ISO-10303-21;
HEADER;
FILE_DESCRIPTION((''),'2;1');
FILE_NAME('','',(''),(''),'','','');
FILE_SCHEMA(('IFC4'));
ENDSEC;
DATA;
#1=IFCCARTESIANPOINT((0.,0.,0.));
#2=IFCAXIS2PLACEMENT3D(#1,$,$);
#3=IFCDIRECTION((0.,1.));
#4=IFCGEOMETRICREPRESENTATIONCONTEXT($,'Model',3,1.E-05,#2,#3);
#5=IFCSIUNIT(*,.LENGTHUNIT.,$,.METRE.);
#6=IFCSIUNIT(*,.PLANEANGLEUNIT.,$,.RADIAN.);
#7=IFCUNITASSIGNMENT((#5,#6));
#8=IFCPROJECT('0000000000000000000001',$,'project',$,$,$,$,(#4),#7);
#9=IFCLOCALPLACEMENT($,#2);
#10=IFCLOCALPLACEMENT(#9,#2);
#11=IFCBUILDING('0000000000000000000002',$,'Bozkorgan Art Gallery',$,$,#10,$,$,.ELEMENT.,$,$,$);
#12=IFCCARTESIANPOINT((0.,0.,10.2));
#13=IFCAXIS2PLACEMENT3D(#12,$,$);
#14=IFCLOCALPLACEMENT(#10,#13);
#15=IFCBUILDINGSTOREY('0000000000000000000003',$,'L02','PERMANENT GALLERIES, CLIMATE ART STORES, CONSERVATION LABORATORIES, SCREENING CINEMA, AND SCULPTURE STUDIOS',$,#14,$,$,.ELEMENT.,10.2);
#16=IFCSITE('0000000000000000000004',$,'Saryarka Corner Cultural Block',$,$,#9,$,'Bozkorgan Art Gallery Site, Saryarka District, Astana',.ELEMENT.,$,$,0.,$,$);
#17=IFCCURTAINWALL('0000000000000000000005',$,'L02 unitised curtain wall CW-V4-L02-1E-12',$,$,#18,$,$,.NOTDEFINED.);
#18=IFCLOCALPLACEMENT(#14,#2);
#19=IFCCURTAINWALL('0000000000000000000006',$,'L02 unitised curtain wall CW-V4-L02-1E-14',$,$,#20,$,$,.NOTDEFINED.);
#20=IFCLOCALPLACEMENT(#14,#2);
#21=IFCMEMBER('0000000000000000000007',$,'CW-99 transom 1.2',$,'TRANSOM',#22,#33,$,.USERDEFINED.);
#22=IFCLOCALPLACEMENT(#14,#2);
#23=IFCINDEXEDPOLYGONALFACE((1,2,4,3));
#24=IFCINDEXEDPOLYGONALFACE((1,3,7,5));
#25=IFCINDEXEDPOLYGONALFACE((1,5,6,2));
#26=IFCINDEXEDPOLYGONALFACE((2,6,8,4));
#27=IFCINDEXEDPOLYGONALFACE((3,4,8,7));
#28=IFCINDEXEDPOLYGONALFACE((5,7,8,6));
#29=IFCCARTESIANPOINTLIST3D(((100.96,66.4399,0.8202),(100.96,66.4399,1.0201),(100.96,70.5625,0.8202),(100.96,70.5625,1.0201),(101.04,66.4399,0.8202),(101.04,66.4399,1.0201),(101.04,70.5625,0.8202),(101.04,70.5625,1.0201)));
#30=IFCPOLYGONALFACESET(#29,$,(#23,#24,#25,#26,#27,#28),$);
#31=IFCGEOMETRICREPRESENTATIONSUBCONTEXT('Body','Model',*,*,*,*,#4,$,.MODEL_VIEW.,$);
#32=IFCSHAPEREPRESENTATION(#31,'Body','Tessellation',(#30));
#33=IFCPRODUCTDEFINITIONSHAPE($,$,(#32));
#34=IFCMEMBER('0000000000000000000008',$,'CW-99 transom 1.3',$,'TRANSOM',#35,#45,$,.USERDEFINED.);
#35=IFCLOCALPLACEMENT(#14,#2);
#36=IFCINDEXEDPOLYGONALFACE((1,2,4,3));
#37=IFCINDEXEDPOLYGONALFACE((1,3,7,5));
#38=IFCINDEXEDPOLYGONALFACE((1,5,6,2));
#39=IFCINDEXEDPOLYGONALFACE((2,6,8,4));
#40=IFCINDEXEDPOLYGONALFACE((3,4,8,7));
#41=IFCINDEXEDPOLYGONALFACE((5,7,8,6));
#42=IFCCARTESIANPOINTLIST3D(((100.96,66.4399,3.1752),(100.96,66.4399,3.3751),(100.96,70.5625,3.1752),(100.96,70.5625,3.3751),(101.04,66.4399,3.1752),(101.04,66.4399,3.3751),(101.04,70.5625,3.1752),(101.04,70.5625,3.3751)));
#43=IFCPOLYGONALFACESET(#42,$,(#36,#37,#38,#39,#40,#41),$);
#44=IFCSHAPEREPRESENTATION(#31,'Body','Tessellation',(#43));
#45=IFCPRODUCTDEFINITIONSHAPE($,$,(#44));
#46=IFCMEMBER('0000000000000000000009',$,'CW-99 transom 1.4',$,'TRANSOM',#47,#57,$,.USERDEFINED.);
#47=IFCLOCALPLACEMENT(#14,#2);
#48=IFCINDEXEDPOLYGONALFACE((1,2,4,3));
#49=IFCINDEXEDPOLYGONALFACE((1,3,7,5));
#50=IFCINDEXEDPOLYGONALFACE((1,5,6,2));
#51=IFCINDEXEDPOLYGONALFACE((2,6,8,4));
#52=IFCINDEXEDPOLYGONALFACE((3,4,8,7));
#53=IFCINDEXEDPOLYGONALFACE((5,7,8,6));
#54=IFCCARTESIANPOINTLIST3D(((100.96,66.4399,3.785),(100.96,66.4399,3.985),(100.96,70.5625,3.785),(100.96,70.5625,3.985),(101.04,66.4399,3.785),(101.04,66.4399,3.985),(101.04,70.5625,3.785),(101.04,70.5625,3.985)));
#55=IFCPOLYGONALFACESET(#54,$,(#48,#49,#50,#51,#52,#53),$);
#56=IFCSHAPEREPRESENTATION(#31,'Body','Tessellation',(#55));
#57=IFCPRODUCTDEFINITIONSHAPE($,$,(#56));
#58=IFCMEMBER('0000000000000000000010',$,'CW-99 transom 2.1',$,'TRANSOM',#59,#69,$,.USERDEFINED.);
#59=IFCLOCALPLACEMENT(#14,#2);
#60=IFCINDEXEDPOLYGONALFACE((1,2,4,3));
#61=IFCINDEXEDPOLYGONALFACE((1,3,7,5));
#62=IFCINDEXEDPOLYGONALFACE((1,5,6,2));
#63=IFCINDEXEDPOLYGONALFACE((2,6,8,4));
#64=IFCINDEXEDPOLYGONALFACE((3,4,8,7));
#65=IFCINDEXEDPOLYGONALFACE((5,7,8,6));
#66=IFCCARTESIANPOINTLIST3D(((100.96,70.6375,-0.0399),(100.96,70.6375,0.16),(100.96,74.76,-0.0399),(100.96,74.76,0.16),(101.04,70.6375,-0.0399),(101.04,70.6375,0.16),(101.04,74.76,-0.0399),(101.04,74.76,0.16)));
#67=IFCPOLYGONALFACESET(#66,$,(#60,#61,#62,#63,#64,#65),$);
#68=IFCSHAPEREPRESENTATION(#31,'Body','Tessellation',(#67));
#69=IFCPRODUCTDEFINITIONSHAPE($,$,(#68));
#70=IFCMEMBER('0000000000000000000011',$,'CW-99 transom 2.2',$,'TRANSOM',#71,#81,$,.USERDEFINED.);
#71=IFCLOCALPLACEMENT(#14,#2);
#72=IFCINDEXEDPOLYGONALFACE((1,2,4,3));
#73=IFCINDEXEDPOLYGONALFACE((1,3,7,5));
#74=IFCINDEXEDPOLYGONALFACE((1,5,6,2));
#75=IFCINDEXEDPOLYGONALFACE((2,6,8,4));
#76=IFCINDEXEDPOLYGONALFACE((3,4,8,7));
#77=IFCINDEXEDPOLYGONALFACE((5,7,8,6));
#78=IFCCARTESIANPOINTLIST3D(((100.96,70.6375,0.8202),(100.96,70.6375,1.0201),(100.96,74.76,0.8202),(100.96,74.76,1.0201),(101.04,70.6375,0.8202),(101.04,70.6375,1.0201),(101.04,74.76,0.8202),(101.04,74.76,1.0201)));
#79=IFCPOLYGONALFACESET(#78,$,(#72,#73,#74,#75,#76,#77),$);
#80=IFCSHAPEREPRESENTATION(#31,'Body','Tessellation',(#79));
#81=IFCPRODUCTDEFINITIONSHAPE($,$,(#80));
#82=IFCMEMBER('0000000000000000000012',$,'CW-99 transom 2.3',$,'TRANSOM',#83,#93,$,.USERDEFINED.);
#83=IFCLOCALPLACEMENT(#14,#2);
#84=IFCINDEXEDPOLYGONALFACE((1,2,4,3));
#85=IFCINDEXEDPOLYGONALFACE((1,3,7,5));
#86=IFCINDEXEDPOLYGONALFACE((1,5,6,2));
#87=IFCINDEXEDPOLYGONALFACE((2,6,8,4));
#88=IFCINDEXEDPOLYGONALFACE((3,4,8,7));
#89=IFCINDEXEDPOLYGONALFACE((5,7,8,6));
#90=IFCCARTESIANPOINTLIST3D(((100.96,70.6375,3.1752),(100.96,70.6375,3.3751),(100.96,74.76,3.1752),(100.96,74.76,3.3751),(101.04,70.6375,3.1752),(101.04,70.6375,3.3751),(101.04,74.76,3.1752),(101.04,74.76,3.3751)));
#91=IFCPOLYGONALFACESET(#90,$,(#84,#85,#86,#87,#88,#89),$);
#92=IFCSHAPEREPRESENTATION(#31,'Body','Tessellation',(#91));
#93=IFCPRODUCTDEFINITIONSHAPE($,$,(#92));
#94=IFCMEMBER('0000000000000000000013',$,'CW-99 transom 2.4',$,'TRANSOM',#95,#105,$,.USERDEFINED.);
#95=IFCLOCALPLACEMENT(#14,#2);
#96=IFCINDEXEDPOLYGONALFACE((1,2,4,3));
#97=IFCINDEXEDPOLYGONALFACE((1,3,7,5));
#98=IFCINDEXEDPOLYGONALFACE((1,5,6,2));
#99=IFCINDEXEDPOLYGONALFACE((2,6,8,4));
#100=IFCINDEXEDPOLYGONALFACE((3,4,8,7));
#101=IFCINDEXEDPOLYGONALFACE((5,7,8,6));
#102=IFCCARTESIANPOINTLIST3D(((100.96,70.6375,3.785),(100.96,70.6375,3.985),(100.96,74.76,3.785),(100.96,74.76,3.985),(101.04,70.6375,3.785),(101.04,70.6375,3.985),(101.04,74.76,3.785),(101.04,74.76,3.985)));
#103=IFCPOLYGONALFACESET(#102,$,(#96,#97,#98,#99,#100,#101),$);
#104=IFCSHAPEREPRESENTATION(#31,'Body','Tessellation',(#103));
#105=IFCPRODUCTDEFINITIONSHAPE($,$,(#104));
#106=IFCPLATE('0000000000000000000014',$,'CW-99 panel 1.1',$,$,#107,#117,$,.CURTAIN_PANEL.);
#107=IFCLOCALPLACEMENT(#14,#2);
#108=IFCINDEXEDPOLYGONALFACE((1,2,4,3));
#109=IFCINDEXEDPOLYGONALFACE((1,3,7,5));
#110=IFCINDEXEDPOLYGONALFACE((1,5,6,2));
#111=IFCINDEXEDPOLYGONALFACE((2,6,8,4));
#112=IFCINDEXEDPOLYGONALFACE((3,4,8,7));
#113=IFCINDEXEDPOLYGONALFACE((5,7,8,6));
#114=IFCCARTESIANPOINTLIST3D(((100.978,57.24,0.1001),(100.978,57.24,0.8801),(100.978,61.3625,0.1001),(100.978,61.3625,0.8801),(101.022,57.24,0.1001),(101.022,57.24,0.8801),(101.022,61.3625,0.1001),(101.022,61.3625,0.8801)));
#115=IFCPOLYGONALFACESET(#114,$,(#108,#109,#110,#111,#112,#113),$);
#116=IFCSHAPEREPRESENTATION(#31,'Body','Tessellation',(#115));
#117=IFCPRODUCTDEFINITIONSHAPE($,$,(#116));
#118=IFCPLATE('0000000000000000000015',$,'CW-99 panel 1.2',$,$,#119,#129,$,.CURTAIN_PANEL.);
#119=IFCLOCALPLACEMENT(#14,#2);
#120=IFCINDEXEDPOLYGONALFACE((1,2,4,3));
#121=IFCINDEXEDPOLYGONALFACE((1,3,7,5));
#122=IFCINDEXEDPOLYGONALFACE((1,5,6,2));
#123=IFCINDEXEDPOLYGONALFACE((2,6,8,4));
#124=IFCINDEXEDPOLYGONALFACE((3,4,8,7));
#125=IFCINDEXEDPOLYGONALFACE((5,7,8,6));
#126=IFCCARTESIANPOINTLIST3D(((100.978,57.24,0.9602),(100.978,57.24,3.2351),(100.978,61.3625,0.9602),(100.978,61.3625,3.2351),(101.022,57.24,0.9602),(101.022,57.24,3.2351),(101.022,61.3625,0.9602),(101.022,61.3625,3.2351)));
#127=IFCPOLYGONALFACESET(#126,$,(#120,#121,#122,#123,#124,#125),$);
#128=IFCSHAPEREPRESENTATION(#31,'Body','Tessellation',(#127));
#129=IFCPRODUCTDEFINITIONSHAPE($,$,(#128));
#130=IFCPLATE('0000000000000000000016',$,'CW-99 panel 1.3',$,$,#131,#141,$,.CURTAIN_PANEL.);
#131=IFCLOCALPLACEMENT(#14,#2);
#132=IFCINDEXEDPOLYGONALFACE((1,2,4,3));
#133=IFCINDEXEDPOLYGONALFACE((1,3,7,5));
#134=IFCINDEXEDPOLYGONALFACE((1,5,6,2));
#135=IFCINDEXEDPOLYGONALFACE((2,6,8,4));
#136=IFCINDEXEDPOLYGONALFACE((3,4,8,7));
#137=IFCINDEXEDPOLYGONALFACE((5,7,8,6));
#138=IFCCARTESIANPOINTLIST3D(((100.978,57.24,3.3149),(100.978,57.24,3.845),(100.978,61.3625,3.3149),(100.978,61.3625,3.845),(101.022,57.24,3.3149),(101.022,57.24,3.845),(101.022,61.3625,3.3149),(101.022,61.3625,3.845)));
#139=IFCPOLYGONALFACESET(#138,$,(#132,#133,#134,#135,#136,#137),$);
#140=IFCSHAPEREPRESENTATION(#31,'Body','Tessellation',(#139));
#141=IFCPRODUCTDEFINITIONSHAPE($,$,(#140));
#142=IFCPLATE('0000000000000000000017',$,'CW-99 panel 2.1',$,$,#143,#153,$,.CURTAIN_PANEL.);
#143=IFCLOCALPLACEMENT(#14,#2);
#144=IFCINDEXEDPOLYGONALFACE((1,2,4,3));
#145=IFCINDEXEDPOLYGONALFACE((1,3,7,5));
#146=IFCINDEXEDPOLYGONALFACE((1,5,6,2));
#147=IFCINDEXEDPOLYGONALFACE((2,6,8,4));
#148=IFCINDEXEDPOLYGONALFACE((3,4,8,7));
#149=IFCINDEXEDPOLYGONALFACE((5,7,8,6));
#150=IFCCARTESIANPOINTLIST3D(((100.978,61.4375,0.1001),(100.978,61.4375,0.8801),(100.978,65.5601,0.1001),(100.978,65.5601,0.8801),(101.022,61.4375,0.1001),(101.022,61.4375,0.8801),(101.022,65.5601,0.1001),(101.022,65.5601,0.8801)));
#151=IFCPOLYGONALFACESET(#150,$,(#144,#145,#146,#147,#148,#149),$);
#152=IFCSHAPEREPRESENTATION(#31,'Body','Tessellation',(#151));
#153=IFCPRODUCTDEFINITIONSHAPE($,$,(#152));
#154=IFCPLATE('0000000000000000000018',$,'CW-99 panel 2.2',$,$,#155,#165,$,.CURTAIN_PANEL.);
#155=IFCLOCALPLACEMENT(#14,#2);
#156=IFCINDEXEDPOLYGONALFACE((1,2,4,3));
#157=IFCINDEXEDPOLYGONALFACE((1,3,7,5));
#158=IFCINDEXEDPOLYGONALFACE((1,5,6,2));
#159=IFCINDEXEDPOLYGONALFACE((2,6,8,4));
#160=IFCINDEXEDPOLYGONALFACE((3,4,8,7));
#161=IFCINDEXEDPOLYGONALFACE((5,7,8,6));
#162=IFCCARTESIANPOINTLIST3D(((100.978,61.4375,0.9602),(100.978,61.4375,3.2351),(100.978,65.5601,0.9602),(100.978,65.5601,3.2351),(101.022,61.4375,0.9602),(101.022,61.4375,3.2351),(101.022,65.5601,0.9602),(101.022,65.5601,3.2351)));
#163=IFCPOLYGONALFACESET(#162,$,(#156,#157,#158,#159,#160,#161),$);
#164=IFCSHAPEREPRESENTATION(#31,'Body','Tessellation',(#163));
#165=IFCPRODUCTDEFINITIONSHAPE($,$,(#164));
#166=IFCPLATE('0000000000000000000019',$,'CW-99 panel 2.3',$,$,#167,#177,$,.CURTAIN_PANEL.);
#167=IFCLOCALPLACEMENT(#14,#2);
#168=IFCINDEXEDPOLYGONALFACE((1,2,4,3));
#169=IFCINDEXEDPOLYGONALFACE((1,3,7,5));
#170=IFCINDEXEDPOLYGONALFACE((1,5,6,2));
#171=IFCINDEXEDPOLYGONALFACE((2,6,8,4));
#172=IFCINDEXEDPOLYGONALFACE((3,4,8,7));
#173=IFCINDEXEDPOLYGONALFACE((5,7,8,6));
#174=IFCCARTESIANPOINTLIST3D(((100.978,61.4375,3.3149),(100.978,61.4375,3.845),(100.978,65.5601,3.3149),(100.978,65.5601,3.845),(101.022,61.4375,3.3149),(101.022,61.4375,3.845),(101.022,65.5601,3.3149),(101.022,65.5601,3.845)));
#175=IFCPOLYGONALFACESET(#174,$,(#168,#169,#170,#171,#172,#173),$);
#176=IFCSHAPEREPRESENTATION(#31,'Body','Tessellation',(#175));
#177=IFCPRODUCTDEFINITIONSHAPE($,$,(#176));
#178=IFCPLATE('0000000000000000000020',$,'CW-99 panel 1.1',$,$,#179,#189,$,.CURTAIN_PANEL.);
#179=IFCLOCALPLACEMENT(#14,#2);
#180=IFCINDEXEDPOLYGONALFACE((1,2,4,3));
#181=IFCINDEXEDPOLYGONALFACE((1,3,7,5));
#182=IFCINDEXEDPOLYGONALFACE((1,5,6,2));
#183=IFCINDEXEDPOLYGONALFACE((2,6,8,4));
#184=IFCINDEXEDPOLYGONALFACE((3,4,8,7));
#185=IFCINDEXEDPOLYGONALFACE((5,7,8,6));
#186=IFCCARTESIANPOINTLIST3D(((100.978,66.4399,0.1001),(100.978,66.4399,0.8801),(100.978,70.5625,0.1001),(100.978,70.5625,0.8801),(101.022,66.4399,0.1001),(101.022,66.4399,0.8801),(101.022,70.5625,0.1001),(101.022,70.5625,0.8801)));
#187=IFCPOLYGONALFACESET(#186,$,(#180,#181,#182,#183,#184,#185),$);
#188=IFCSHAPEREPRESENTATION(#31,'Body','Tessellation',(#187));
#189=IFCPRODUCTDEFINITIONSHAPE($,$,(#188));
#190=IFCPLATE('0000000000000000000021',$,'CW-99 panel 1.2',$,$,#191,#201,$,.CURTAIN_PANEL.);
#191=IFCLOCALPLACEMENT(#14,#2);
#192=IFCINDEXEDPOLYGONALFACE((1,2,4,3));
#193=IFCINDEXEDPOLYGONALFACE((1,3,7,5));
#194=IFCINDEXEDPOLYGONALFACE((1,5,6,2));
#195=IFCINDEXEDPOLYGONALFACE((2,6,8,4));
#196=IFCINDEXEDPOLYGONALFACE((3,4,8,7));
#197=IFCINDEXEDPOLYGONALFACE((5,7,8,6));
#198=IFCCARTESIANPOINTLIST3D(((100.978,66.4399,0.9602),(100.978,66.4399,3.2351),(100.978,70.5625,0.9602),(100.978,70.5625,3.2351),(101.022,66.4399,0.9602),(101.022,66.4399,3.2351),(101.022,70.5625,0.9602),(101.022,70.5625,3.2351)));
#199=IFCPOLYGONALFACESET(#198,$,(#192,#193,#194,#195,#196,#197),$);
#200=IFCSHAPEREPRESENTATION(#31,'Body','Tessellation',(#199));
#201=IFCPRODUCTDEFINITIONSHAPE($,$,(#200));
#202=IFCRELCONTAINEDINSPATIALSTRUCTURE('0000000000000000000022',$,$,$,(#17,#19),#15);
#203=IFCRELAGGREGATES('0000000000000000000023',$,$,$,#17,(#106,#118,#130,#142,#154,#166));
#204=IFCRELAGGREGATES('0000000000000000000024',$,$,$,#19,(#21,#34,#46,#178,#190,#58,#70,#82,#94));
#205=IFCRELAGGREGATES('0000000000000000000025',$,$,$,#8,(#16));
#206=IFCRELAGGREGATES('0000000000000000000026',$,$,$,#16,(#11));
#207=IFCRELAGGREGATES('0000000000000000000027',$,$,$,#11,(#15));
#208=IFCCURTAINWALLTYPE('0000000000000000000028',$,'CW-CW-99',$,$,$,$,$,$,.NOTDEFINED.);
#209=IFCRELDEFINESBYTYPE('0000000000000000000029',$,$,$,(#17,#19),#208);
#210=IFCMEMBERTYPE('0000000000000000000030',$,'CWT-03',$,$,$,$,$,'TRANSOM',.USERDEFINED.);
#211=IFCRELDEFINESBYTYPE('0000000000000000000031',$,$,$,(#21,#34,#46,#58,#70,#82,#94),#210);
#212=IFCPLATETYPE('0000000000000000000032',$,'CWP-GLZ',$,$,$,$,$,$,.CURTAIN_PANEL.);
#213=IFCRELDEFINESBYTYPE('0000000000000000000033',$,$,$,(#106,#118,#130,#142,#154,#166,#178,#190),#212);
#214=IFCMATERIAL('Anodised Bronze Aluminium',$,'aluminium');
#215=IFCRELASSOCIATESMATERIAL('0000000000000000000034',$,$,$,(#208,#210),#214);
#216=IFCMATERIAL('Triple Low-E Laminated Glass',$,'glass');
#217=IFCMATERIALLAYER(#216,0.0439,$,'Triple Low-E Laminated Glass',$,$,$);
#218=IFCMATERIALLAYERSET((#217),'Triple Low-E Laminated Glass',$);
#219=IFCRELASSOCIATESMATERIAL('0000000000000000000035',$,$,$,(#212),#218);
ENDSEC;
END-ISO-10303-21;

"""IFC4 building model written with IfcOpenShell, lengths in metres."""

from ifc_helpers import new_model, si_unit, direction, frame, origin, origin_2d, place, context, subcontext, project, spatial, rectangle, extrude, material, layer, layer_set, material_profile, profile_set, type_object, element, aggregate, save


model = new_model("IFC4")

# Units and contexts
model_context = context("Model", 3, precision=1e-05, world=origin(), true_north=direction((0.0, 1.0)))
body_context = subcontext(model_context, "Body", "Model", "MODEL_VIEW")
ifc_project = project(units=[si_unit("LENGTHUNIT", "METRE"), si_unit("PLANEANGLEUNIT", "RADIAN")], contexts=[model_context])

# Site, building, storey
site_placement = place(None, origin())
site = spatial("IfcSite", under=ifc_project, at=site_placement, Name="Saryarka Corner Cultural Block", LongName="Bozkorgan Art Gallery Site, Saryarka District, Astana", CompositionType="ELEMENT", RefElevation=0.0)
building_placement = place(site_placement, origin())
building = spatial("IfcBuilding", under=site, at=building_placement, Name="Bozkorgan Art Gallery", CompositionType="ELEMENT")
storey_placement = place(building_placement, frame((0.0, 0.0, 10.2)))
storey = spatial("IfcBuildingStorey", under=building, at=storey_placement, Name="L02", Description="PERMANENT GALLERIES, CLIMATE ART STORES, CONSERVATION LABORATORIES, SCREENING CINEMA, AND SCULPTURE STUDIOS", CompositionType="ELEMENT", Elevation=10.2)

# Curtain walls
ifc_material_1 = material(Name="Anodised Bronze Aluminium", Category="aluminium")
curtain_wall_type = type_object("IfcCurtainWallType", Name="CW-CW-99", PredefinedType="NOTDEFINED", material=ifc_material_1)
curtain_wall_1_placement = place(storey_placement, origin())
curtain_wall_1 = element("IfcCurtainWall", 1, at=curtain_wall_1_placement, inside=storey, type_object=curtain_wall_type, Name="L02 unitised curtain wall CW-V4-L02-1E-12", PredefinedType="NOTDEFINED")
curtain_wall_2_placement = place(storey_placement, origin())
curtain_wall_2 = element("IfcCurtainWall", 2, at=curtain_wall_2_placement, inside=storey, type_object=curtain_wall_type, Name="L02 unitised curtain wall CW-V4-L02-1E-14", PredefinedType="NOTDEFINED")

# Members
ifc_material_profile_1 = material_profile(ifc_material_1, rectangle(XDim=0.0801, YDim=0.2, at=origin_2d()), Name="ALU TRANSOM 80x200")
ifc_profile_set_1 = profile_set([ifc_material_profile_1], Name="Anodised Bronze Aluminium")
member_type_1 = type_object("IfcMemberType", Name="CWT-03", ElementType="TRANSOM", PredefinedType="USERDEFINED", material=ifc_profile_set_1)
member_1_placement = place(storey_placement, frame((101.0, 66.4399, 0.9202), z_axis=(0.0, 1.0, 0.0), x_axis=(-1.0, 0.0, 0.0)))
member_1 = element("IfcMember", 3, at=member_1_placement, type_object=member_type_1, Name="CW-99 transom 1.2", ObjectType="TRANSOM", PredefinedType="USERDEFINED", context=body_context, shape_type="SweptSolid", body=[
    extrude(rectangle(XDim=0.0801, YDim=0.2, at=origin_2d()), origin(), (0.0, 0.0, 1.0), 4.1226),
])
member_2_placement = place(storey_placement, frame((101.0, 66.4399, 3.2751), z_axis=(0.0, 1.0, 0.0), x_axis=(-1.0, 0.0, 0.0)))
member_2 = element("IfcMember", 4, at=member_2_placement, type_object=member_type_1, Name="CW-99 transom 1.3", ObjectType="TRANSOM", PredefinedType="USERDEFINED", context=body_context, shape_type="SweptSolid", body=[
    extrude(rectangle(XDim=0.0801, YDim=0.2, at=origin_2d()), origin(), (0.0, 0.0, 1.0), 4.1226),
])
member_3_placement = place(storey_placement, frame((101.0, 66.4399, 3.885), z_axis=(0.0, 1.0, 0.0), x_axis=(-1.0, 0.0, 0.0)))
member_3 = element("IfcMember", 5, at=member_3_placement, type_object=member_type_1, Name="CW-99 transom 1.4", ObjectType="TRANSOM", PredefinedType="USERDEFINED", context=body_context, shape_type="SweptSolid", body=[
    extrude(rectangle(XDim=0.0801, YDim=0.2, at=origin_2d()), origin(), (0.0, 0.0, 1.0), 4.1226),
])
member_4_placement = place(storey_placement, frame((101.0, 70.6375, 0.0601), z_axis=(0.0, 1.0, 0.0), x_axis=(-1.0, 0.0, 0.0)))
member_4 = element("IfcMember", 6, at=member_4_placement, type_object=member_type_1, Name="CW-99 transom 2.1", ObjectType="TRANSOM", PredefinedType="USERDEFINED", context=body_context, shape_type="SweptSolid", body=[
    extrude(rectangle(XDim=0.0801, YDim=0.2, at=origin_2d()), origin(), (0.0, 0.0, 1.0), 4.1226),
])
member_5_placement = place(storey_placement, frame((101.0, 70.6375, 0.9202), z_axis=(0.0, 1.0, 0.0), x_axis=(-1.0, 0.0, 0.0)))
member_5 = element("IfcMember", 7, at=member_5_placement, type_object=member_type_1, Name="CW-99 transom 2.2", ObjectType="TRANSOM", PredefinedType="USERDEFINED", context=body_context, shape_type="SweptSolid", body=[
    extrude(rectangle(XDim=0.0801, YDim=0.2, at=origin_2d()), origin(), (0.0, 0.0, 1.0), 4.1226),
])
member_6_placement = place(storey_placement, frame((101.0, 70.6375, 3.2751), z_axis=(0.0, 1.0, 0.0), x_axis=(-1.0, 0.0, 0.0)))
member_6 = element("IfcMember", 8, at=member_6_placement, type_object=member_type_1, Name="CW-99 transom 2.3", ObjectType="TRANSOM", PredefinedType="USERDEFINED", context=body_context, shape_type="SweptSolid", body=[
    extrude(rectangle(XDim=0.0801, YDim=0.2, at=origin_2d()), origin(), (0.0, 0.0, 1.0), 4.1226),
])
member_7_placement = place(storey_placement, frame((101.0, 70.6375, 3.885), z_axis=(0.0, 1.0, 0.0), x_axis=(-1.0, 0.0, 0.0)))
member_7 = element("IfcMember", 9, at=member_7_placement, type_object=member_type_1, Name="CW-99 transom 2.4", ObjectType="TRANSOM", PredefinedType="USERDEFINED", context=body_context, shape_type="SweptSolid", body=[
    extrude(rectangle(XDim=0.0801, YDim=0.2, at=origin_2d()), origin(), (0.0, 0.0, 1.0), 4.1226),
])

# Plates
ifc_material_2 = material(Name="Triple Low-E Laminated Glass", Category="glass")
ifc_layer = layer(ifc_material_2, 0.0439, Name="Triple Low-E Laminated Glass")
ifc_layer_set = layer_set([ifc_layer], Name="Triple Low-E Laminated Glass")
plate_type = type_object("IfcPlateType", Name="CWP-GLZ", PredefinedType="CURTAIN_PANEL", material=ifc_layer_set)
plate_1_placement = place(storey_placement, frame((101.0, 59.3013, 0.1001), z_axis=(0.0, 0.0, 1.0), x_axis=(0.0, 1.0, 0.0)))
plate_1 = element("IfcPlate", 10, at=plate_1_placement, type_object=plate_type, Name="CW-99 panel 1.1", PredefinedType="CURTAIN_PANEL", context=body_context, shape_type="SweptSolid", body=[
    extrude(rectangle(XDim=4.1226, YDim=0.0439, at=origin_2d()), origin(), (0.0, 0.0, 1.0), 0.78),
])
plate_2_placement = place(storey_placement, frame((101.0, 59.3013, 0.9602), z_axis=(0.0, 0.0, 1.0), x_axis=(0.0, 1.0, 0.0)))
plate_2 = element("IfcPlate", 11, at=plate_2_placement, type_object=plate_type, Name="CW-99 panel 1.2", PredefinedType="CURTAIN_PANEL", context=body_context, shape_type="SweptSolid", body=[
    extrude(rectangle(XDim=4.1226, YDim=0.0439, at=origin_2d()), origin(), (0.0, 0.0, 1.0), 2.2749),
])
plate_3_placement = place(storey_placement, frame((101.0, 59.3013, 3.3149), z_axis=(0.0, 0.0, 1.0), x_axis=(0.0, 1.0, 0.0)))
plate_3 = element("IfcPlate", 12, at=plate_3_placement, type_object=plate_type, Name="CW-99 panel 1.3", PredefinedType="CURTAIN_PANEL", context=body_context, shape_type="SweptSolid", body=[
    extrude(rectangle(XDim=4.1226, YDim=0.0439, at=origin_2d()), origin(), (0.0, 0.0, 1.0), 0.53),
])
plate_4_placement = place(storey_placement, frame((101.0, 63.4988, 0.1001), z_axis=(0.0, 0.0, 1.0), x_axis=(0.0, 1.0, 0.0)))
plate_4 = element("IfcPlate", 13, at=plate_4_placement, type_object=plate_type, Name="CW-99 panel 2.1", PredefinedType="CURTAIN_PANEL", context=body_context, shape_type="SweptSolid", body=[
    extrude(rectangle(XDim=4.1226, YDim=0.0439, at=origin_2d()), origin(), (0.0, 0.0, 1.0), 0.78),
])
plate_5_placement = place(storey_placement, frame((101.0, 63.4988, 0.9602), z_axis=(0.0, 0.0, 1.0), x_axis=(0.0, 1.0, 0.0)))
plate_5 = element("IfcPlate", 14, at=plate_5_placement, type_object=plate_type, Name="CW-99 panel 2.2", PredefinedType="CURTAIN_PANEL", context=body_context, shape_type="SweptSolid", body=[
    extrude(rectangle(XDim=4.1226, YDim=0.0439, at=origin_2d()), origin(), (0.0, 0.0, 1.0), 2.2749),
])
plate_6_placement = place(storey_placement, frame((101.0, 63.4988, 3.3149), z_axis=(0.0, 0.0, 1.0), x_axis=(0.0, 1.0, 0.0)))
plate_6 = element("IfcPlate", 15, at=plate_6_placement, type_object=plate_type, Name="CW-99 panel 2.3", PredefinedType="CURTAIN_PANEL", context=body_context, shape_type="SweptSolid", body=[
    extrude(rectangle(XDim=4.1226, YDim=0.0439, at=origin_2d()), origin(), (0.0, 0.0, 1.0), 0.53),
])
aggregate(curtain_wall_1, [plate_1, plate_2, plate_3, plate_4, plate_5, plate_6])
plate_7_placement = place(storey_placement, frame((101.0, 68.5012, 0.1001), z_axis=(0.0, 0.0, 1.0), x_axis=(0.0, 1.0, 0.0)))
plate_7 = element("IfcPlate", 16, at=plate_7_placement, type_object=plate_type, Name="CW-99 panel 1.1", PredefinedType="CURTAIN_PANEL", context=body_context, shape_type="SweptSolid", body=[
    extrude(rectangle(XDim=4.1226, YDim=0.0439, at=origin_2d()), origin(), (0.0, 0.0, 1.0), 0.78),
])
plate_8_placement = place(storey_placement, frame((101.0, 68.5012, 0.9602), z_axis=(0.0, 0.0, 1.0), x_axis=(0.0, 1.0, 0.0)))
plate_8 = element("IfcPlate", 17, at=plate_8_placement, type_object=plate_type, Name="CW-99 panel 1.2", PredefinedType="CURTAIN_PANEL", context=body_context, shape_type="SweptSolid", body=[
    extrude(rectangle(XDim=4.1226, YDim=0.0439, at=origin_2d()), origin(), (0.0, 0.0, 1.0), 2.2749),
])
aggregate(curtain_wall_2, [member_1, member_2, member_3, plate_7, plate_8, member_4, member_5, member_6, member_7])

save(model, "model.ifc")
